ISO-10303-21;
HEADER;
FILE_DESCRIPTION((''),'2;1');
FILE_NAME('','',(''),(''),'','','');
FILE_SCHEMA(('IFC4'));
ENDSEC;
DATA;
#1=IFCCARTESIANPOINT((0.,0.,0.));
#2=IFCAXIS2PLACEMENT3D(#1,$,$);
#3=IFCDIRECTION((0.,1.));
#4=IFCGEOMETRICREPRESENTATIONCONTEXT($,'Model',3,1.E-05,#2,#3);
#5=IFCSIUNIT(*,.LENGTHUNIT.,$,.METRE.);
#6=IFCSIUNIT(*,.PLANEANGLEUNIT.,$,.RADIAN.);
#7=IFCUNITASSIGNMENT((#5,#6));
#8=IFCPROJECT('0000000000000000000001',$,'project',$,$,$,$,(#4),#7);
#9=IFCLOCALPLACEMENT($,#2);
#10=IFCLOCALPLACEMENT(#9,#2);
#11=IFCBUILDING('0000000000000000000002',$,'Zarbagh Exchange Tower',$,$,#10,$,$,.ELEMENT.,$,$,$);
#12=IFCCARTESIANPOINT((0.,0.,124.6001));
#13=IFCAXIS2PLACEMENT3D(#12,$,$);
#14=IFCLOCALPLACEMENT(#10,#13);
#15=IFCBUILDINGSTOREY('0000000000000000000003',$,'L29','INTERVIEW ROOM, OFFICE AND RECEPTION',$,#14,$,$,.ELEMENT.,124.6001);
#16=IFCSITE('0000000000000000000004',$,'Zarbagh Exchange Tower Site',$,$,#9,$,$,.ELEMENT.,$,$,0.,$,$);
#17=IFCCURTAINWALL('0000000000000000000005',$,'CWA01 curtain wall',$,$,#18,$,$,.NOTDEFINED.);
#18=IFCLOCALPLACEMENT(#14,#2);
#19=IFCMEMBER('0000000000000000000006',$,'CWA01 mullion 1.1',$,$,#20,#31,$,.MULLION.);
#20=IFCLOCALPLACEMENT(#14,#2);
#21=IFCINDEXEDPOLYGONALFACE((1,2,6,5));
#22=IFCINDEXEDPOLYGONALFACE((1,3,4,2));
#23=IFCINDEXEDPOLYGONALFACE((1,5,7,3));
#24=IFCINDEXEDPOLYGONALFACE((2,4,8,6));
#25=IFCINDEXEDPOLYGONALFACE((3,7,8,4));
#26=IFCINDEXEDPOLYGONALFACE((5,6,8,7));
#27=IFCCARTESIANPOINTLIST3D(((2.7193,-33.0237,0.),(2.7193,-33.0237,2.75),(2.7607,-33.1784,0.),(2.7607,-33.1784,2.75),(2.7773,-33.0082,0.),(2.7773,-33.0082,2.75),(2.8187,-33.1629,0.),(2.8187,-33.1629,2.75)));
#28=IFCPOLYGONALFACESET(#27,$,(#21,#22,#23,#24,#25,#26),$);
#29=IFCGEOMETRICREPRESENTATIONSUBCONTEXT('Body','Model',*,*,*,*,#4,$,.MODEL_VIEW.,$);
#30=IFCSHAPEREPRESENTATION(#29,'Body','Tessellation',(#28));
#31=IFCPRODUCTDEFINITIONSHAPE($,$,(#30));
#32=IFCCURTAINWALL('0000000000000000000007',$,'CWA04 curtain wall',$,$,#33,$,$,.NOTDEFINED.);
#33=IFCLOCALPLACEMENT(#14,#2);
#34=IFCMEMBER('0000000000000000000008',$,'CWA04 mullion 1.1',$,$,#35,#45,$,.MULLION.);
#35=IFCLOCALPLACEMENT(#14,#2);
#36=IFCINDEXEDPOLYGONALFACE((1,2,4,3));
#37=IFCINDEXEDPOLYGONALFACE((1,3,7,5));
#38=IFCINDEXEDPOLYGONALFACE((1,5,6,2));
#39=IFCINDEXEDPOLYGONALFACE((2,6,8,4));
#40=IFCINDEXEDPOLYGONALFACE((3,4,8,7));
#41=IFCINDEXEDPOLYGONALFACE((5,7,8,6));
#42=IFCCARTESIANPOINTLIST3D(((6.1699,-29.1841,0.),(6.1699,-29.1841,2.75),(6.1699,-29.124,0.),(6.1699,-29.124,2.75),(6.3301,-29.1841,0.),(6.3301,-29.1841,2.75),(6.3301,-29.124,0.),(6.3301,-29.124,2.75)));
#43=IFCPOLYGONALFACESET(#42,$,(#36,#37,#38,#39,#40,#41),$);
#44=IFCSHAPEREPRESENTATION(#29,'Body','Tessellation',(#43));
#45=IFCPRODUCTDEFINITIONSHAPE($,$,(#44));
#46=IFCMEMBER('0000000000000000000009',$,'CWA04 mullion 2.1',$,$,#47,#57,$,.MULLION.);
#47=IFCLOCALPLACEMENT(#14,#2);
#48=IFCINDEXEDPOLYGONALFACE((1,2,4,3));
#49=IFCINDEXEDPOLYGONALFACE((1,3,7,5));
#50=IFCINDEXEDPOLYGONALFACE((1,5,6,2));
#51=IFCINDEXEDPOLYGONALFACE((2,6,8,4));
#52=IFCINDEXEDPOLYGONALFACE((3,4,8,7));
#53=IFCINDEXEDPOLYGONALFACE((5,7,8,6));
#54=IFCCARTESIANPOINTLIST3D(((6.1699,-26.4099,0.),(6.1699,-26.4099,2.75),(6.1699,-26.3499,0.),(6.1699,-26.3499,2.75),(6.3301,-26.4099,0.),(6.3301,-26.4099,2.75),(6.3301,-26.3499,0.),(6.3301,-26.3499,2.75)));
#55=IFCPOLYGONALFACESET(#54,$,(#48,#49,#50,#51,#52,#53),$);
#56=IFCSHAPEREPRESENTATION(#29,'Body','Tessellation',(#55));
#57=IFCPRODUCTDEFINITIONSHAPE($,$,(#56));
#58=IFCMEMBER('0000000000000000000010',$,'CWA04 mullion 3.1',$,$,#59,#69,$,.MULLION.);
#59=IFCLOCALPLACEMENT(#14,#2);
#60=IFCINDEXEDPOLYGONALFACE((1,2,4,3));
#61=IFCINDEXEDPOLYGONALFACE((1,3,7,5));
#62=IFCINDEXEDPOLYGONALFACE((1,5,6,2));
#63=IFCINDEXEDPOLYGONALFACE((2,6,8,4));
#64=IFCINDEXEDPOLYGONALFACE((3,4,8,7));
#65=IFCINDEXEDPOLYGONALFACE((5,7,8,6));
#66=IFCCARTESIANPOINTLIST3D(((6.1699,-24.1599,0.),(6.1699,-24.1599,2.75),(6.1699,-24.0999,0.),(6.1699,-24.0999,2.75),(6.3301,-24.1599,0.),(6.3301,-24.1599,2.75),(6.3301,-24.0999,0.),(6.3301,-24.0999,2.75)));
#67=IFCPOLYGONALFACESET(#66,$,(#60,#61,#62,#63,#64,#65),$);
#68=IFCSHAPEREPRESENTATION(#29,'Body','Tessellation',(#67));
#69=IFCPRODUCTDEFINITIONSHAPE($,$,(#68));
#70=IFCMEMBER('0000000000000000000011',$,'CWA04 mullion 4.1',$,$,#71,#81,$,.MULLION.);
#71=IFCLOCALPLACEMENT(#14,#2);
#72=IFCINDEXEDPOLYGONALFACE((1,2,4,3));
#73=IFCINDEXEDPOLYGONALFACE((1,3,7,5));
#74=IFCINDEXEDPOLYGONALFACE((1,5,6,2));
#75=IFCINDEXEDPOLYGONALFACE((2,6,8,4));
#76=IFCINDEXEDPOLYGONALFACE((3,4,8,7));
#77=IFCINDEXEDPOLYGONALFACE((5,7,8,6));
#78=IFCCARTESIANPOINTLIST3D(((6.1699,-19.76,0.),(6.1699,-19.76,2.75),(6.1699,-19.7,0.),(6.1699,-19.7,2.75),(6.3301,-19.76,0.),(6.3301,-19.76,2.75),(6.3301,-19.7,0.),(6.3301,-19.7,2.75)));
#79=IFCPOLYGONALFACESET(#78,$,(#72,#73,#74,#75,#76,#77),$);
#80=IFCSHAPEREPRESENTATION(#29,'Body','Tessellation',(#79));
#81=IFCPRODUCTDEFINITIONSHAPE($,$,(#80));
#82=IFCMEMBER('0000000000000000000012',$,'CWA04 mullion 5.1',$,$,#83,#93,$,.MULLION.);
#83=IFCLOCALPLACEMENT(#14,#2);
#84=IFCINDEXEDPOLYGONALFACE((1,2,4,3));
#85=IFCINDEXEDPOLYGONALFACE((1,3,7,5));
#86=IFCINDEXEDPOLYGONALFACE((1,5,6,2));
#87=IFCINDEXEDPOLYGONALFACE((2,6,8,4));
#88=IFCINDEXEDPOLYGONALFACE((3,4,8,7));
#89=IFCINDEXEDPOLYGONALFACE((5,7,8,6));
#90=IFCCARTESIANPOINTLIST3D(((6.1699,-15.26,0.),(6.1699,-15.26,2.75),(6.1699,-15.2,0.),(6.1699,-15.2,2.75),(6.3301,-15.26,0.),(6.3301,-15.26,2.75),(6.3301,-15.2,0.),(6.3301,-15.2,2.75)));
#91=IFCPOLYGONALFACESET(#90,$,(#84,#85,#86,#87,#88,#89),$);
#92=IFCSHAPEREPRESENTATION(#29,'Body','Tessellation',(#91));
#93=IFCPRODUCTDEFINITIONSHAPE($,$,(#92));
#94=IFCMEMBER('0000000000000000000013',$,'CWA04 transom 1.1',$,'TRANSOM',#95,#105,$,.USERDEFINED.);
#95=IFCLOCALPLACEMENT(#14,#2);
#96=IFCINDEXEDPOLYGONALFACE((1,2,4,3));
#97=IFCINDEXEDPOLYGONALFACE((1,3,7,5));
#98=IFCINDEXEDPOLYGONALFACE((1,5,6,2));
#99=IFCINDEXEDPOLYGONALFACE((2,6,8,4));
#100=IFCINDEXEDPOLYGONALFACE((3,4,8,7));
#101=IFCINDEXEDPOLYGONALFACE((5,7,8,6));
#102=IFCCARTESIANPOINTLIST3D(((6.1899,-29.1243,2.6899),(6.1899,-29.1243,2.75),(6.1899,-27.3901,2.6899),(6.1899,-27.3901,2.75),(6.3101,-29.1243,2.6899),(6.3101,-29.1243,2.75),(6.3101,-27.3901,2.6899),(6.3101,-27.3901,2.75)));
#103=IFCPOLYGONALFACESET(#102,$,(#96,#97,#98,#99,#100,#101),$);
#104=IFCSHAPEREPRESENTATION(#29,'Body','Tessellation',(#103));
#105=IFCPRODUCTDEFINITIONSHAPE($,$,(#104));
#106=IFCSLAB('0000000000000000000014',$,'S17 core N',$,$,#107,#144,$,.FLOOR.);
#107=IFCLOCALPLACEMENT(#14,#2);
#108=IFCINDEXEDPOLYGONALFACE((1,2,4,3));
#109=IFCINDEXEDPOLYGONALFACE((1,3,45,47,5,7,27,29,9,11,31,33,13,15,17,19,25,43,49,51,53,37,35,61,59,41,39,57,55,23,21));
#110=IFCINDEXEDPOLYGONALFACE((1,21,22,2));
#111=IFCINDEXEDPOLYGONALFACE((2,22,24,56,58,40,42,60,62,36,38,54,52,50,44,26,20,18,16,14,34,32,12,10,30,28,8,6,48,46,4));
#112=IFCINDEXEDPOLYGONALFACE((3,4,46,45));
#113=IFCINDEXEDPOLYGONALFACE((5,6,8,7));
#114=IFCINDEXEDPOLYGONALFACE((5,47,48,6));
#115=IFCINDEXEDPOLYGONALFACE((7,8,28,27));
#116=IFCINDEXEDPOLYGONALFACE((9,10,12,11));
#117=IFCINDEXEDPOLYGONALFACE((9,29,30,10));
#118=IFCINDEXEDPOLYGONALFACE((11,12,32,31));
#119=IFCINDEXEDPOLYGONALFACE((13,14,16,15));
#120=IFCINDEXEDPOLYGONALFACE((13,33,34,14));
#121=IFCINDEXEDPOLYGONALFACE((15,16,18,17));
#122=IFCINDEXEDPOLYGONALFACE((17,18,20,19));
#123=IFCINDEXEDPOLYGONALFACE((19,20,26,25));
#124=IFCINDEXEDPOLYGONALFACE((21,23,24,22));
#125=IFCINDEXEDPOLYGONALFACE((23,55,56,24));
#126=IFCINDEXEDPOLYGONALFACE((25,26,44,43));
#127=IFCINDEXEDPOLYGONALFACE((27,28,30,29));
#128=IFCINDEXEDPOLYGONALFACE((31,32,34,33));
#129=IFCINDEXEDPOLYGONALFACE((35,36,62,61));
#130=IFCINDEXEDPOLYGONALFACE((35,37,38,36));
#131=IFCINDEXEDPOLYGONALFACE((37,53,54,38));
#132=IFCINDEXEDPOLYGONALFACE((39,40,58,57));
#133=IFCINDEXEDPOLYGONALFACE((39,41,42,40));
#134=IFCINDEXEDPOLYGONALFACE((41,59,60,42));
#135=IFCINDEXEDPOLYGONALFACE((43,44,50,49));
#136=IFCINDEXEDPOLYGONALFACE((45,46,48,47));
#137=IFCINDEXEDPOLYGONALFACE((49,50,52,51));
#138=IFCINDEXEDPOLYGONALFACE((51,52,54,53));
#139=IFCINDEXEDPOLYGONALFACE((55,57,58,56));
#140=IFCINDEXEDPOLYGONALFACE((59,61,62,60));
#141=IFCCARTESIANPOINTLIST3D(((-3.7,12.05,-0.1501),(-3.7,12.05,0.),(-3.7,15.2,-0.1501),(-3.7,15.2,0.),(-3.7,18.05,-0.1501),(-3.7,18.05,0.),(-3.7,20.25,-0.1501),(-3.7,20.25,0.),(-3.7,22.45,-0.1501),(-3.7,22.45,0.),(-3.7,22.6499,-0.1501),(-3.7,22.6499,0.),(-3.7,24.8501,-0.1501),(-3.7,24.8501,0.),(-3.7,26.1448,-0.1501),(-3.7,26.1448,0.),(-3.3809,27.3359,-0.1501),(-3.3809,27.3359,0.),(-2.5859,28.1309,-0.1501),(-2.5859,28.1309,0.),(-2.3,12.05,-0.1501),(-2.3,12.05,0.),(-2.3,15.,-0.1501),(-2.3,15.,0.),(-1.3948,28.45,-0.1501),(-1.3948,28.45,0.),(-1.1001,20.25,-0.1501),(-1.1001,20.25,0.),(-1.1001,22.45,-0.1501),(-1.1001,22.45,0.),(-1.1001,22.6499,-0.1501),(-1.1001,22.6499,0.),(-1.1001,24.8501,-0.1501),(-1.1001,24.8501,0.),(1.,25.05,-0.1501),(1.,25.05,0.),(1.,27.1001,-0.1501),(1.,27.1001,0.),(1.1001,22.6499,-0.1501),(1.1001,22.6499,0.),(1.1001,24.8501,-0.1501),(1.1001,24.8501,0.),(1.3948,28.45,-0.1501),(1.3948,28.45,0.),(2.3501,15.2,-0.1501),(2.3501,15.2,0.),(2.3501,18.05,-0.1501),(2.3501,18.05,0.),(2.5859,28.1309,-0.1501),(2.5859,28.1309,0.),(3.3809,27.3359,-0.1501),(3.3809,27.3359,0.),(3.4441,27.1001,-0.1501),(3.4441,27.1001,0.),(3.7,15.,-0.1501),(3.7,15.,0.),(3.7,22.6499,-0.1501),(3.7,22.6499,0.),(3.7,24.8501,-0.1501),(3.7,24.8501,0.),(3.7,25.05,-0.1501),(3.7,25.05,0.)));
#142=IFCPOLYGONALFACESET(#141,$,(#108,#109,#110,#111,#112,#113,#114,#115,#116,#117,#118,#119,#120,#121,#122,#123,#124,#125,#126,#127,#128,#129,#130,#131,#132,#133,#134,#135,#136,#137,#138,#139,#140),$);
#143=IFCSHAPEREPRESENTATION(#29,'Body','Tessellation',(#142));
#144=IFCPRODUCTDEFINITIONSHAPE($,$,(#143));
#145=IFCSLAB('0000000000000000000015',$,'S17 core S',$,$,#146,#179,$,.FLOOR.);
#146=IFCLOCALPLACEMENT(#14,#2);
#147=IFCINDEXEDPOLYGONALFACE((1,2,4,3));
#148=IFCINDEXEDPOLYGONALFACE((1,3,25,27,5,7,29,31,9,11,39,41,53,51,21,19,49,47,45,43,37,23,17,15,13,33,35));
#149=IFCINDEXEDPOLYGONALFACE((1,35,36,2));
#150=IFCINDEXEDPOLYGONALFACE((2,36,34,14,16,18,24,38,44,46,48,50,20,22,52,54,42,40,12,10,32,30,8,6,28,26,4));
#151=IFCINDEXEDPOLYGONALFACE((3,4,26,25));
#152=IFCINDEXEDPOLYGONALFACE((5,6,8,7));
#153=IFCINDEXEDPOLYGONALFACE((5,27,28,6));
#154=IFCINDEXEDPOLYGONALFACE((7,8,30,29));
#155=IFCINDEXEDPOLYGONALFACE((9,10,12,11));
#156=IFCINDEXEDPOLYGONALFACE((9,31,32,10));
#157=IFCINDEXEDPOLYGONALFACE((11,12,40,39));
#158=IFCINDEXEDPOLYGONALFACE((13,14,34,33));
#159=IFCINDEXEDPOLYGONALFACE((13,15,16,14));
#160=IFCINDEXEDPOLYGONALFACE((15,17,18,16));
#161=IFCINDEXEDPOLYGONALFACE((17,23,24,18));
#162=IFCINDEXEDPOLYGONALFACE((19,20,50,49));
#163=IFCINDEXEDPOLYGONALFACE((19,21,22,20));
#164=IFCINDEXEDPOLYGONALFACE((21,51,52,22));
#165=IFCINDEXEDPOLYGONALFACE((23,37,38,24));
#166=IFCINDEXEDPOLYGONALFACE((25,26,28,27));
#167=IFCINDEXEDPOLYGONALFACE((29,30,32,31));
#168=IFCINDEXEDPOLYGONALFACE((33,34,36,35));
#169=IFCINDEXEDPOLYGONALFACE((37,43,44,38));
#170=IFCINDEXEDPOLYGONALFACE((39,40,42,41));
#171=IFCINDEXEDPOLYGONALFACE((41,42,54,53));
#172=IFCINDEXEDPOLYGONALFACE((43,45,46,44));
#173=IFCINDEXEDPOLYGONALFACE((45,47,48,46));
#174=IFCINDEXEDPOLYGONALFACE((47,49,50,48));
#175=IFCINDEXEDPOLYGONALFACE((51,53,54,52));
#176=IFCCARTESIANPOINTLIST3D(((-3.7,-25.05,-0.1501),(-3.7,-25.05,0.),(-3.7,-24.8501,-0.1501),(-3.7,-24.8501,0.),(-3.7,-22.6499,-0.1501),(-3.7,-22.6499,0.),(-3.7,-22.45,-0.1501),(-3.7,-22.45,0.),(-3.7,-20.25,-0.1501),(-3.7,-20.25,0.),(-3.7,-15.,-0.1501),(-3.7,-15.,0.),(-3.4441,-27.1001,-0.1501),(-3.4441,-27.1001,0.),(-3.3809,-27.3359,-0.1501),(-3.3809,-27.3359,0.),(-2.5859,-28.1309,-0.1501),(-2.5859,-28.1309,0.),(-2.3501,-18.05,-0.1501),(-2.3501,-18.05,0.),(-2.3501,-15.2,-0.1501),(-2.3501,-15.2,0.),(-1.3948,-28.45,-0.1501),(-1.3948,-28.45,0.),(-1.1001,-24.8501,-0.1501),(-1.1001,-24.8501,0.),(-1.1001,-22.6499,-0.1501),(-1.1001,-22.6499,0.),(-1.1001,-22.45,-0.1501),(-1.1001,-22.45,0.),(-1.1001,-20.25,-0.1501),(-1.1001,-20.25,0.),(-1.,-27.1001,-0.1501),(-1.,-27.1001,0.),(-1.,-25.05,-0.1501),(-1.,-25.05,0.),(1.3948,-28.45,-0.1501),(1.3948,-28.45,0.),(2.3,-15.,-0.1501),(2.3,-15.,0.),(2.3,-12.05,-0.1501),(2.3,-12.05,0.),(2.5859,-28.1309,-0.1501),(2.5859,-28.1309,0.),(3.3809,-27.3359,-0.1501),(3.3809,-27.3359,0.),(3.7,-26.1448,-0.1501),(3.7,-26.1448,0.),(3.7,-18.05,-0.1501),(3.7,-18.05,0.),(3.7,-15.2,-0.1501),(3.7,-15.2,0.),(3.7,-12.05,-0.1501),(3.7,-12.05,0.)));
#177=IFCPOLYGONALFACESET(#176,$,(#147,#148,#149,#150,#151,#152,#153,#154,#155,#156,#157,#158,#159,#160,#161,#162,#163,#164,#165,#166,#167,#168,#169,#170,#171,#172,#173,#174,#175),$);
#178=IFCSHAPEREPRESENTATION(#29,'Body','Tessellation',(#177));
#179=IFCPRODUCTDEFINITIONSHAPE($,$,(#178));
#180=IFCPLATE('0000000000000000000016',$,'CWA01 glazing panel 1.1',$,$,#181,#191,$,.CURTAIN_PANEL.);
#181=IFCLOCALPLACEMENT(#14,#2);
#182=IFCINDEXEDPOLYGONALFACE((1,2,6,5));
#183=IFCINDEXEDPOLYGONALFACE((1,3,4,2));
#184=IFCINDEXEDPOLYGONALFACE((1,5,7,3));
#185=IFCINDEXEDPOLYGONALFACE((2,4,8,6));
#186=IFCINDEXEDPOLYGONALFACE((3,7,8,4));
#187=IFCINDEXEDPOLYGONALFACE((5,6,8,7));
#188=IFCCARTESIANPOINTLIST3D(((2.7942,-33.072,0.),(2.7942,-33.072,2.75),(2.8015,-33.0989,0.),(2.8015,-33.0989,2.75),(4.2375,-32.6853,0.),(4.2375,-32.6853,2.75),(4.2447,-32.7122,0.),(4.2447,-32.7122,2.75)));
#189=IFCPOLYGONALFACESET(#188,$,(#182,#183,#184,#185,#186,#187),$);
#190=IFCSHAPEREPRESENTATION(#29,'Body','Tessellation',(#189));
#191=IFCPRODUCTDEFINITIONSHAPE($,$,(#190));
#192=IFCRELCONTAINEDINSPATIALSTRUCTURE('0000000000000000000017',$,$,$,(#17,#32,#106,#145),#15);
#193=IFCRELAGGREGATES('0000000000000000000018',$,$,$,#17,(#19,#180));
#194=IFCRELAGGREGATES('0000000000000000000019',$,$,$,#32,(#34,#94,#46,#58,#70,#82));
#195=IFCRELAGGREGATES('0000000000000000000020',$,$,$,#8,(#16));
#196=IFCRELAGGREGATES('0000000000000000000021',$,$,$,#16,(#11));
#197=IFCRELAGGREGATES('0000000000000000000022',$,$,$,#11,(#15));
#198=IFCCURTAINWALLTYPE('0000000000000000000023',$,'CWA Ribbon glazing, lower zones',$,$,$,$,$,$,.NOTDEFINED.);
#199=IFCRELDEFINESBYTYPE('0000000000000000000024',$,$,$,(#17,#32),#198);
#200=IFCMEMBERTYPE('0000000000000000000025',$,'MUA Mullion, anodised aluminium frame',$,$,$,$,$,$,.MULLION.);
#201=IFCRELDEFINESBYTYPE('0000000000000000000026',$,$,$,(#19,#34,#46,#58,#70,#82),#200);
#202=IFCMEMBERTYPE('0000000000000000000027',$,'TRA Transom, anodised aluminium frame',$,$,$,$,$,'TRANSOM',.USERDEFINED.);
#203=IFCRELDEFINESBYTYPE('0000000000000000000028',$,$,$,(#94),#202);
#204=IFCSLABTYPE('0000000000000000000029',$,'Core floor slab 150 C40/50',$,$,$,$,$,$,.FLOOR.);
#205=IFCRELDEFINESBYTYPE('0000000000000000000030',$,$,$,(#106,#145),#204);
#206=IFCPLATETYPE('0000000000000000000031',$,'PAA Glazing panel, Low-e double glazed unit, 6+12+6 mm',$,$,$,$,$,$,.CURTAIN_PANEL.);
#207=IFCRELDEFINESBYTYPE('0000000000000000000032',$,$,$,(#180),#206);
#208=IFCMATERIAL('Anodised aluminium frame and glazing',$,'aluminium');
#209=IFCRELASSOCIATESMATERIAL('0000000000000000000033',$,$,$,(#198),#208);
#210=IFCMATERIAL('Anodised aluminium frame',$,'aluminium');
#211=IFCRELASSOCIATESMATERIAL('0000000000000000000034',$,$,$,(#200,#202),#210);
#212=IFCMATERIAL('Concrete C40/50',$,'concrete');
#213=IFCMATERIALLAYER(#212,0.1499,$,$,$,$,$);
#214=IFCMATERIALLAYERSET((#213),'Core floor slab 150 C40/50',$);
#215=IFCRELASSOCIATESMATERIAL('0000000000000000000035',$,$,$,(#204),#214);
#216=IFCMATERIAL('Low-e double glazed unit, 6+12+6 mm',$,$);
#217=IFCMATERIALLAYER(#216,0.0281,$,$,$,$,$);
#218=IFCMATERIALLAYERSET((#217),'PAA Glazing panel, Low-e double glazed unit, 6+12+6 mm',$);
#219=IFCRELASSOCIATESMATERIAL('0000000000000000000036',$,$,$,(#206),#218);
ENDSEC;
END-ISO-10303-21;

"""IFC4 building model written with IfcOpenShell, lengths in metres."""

from ifc_helpers import new_model, si_unit, direction, frame, origin, place, context, subcontext, project, spatial, polyline, outline, extrude, source, transform, mapped, material, layer, layer_set, type_object, element, aggregate, save


model = new_model("IFC4")

# Units and contexts
model_context = context("Model", 3, precision=1e-05, world=origin(), true_north=direction((0.0, 1.0)))
body_context = subcontext(model_context, "Body", "Model", "MODEL_VIEW")
ifc_project = project(units=[si_unit("LENGTHUNIT", "METRE"), si_unit("PLANEANGLEUNIT", "RADIAN")], contexts=[model_context])

# Site, building, storey
site_placement = place(None, origin())
site = spatial("IfcSite", under=ifc_project, at=site_placement, Name="Zarbagh Exchange Tower Site", CompositionType="ELEMENT", RefElevation=0.0)
building_placement = place(site_placement, origin())
building = spatial("IfcBuilding", under=site, at=building_placement, Name="Zarbagh Exchange Tower", CompositionType="ELEMENT")
storey_placement = place(building_placement, frame((0.0, 0.0, 124.6001)))
storey = spatial("IfcBuildingStorey", under=building, at=storey_placement, Name="L29", Description="INTERVIEW ROOM, OFFICE AND RECEPTION", CompositionType="ELEMENT", Elevation=124.6001)

# Curtain wall, member
ifc_material_1 = material(Name="Anodised aluminium frame and glazing", Category="aluminium")
curtain_wall_type = type_object("IfcCurtainWallType", Name="CWA Ribbon glazing, lower zones", PredefinedType="NOTDEFINED", material=ifc_material_1)
curtain_wall_1_placement = place(storey_placement, origin())
curtain_wall_1 = element("IfcCurtainWall", 1, at=curtain_wall_1_placement, inside=storey, type_object=curtain_wall_type, Name="CWA01 curtain wall", PredefinedType="NOTDEFINED")
ifc_material_2 = material(Name="Anodised aluminium frame", Category="aluminium")
member_type_1 = type_object("IfcMemberType", Name="MUA Mullion, anodised aluminium frame", PredefinedType="MULLION", material=ifc_material_2)
shared_shape_1 = source(origin(), body_context, "Body", "SweptSolid", [
    extrude(outline(polyline([(0.0, -0.0801), (0.0601, -0.0801), (0.0601, 0.0801), (0.0, 0.0801), (0.0, -0.0801)])), origin(), (0.0, 0.0, 1.0), 2.75),
])
placement = place(storey_placement, origin())
member_1 = element("IfcMember", 2, at=placement, type_object=member_type_1, Name="CWA01 mullion 1.1", PredefinedType="MULLION", context=body_context, shape_type="MappedRepresentation", body=[
    mapped(shared_shape_1, transform((2.74, -33.1011, 0.0), x_axis=(0.965924, 0.258825, 0.0), y_axis=(-0.258825, 0.965924, 0.0), z_axis=(0.0, 0.0, 1.0))),
])

# Curtain wall, members
curtain_wall_2_placement = place(storey_placement, origin())
curtain_wall_2 = element("IfcCurtainWall", 3, at=curtain_wall_2_placement, inside=storey, type_object=curtain_wall_type, Name="CWA04 curtain wall", PredefinedType="NOTDEFINED")
member_2 = element("IfcMember", 4, at=placement, type_object=member_type_1, Name="CWA04 mullion 1.1", PredefinedType="MULLION", context=body_context, shape_type="MappedRepresentation", body=[
    mapped(shared_shape_1, transform((6.25, -29.1841, 0.0), x_axis=(0.0, 1.0, 0.0), y_axis=(-1.0, 0.0, 0.0), z_axis=(0.0, 0.0, 1.0))),
])
member_3 = element("IfcMember", 5, at=placement, type_object=member_type_1, Name="CWA04 mullion 2.1", PredefinedType="MULLION", context=body_context, shape_type="MappedRepresentation", body=[
    mapped(shared_shape_1, transform((6.25, -26.4099, 0.0), x_axis=(0.0, 1.0, 0.0), y_axis=(-1.0, 0.0, 0.0), z_axis=(0.0, 0.0, 1.0))),
])
member_4 = element("IfcMember", 6, at=placement, type_object=member_type_1, Name="CWA04 mullion 3.1", PredefinedType="MULLION", context=body_context, shape_type="MappedRepresentation", body=[
    mapped(shared_shape_1, transform((6.25, -24.1599, 0.0), x_axis=(0.0, 1.0, 0.0), y_axis=(-1.0, 0.0, 0.0), z_axis=(0.0, 0.0, 1.0))),
])
member_5 = element("IfcMember", 7, at=placement, type_object=member_type_1, Name="CWA04 mullion 4.1", PredefinedType="MULLION", context=body_context, shape_type="MappedRepresentation", body=[
    mapped(shared_shape_1, transform((6.25, -19.76, 0.0), x_axis=(0.0, 1.0, 0.0), y_axis=(-1.0, 0.0, 0.0), z_axis=(0.0, 0.0, 1.0))),
])
member_6 = element("IfcMember", 8, at=placement, type_object=member_type_1, Name="CWA04 mullion 5.1", PredefinedType="MULLION", context=body_context, shape_type="MappedRepresentation", body=[
    mapped(shared_shape_1, transform((6.25, -15.26, 0.0), x_axis=(0.0, 1.0, 0.0), y_axis=(-1.0, 0.0, 0.0), z_axis=(0.0, 0.0, 1.0))),
])
member_type_2 = type_object("IfcMemberType", Name="TRA Transom, anodised aluminium frame", ElementType="TRANSOM", PredefinedType="USERDEFINED", material=ifc_material_2)
shared_shape_2 = source(origin(), body_context, "Body", "SweptSolid", [
    extrude(outline(polyline([(-0.0601, -0.0601), (0.0, -0.0601), (0.0, 0.0601), (-0.0601, 0.0601), (-0.0601, -0.0601)])), origin(), (0.0, 0.0, 1.0), 1.7341),
])
member_7 = element("IfcMember", 9, at=placement, type_object=member_type_2, Name="CWA04 transom 1.1", ObjectType="TRANSOM", PredefinedType="USERDEFINED", context=body_context, shape_type="MappedRepresentation", body=[
    mapped(shared_shape_2, transform((6.25, -29.1243, 2.75), x_axis=(0.0, 0.0, 1.0), y_axis=(1.0, 0.0, 0.0), z_axis=(0.0, 1.0, 0.0))),
])

# Slabs
ifc_material_3 = material(Name="Concrete C40/50", Category="concrete")
ifc_layer_1 = layer(ifc_material_3, 0.1499)
ifc_layer_set_1 = layer_set([ifc_layer_1], Name="Core floor slab 150 C40/50")
slab_type = type_object("IfcSlabType", Name="Core floor slab 150 C40/50", PredefinedType="FLOOR", material=ifc_layer_set_1)
slab_1_placement = place(storey_placement, frame((0.0, 0.0, -0.1501)))
element("IfcSlab", 10, at=slab_1_placement, inside=storey, type_object=slab_type, Name="S17 core N", PredefinedType="FLOOR", context=body_context, shape_type="SweptSolid", body=[
    extrude(outline(polyline([(-3.7, 12.05), (-3.7, 15.2), (2.3501, 15.2), (2.3501, 18.05), (-3.7, 18.05), (-3.7, 20.25), (-1.1001, 20.25), (-1.1001, 22.45), (-3.7, 22.45), (-3.7, 22.6499), (-1.1001, 22.6499), (-1.1001, 24.8501), (-3.7, 24.8501), (-3.7, 26.1448), (-3.3809, 27.3359), (-2.5859, 28.1309), (-1.3948, 28.45), (1.3948, 28.45), (2.5859, 28.1309), (3.3809, 27.3359), (3.6465, 26.3447), (3.4441, 27.1001), (1.0, 27.1001), (1.0, 25.05), (3.7, 25.05), (3.7, 24.8501), (1.1001, 24.8501), (1.1001, 22.6499), (3.7, 22.6499), (3.7, 15.0), (-2.3, 15.0), (-2.3, 12.05), (-3.7, 12.05)])), origin(), (0.0, 0.0, 1.0), 0.1501),
])
slab_2_placement = place(storey_placement, frame((0.0, 0.0, -0.1501)))
element("IfcSlab", 11, at=slab_2_placement, inside=storey, type_object=slab_type, Name="S17 core S", PredefinedType="FLOOR", context=body_context, shape_type="SweptSolid", body=[
    extrude(outline(polyline([(-2.5859, -28.1309), (-3.3809, -27.3359), (-3.6465, -26.3447), (-3.4441, -27.1001), (-1.0, -27.1001), (-1.0, -25.05), (-3.7, -25.05), (-3.7, -24.8501), (-1.1001, -24.8501), (-1.1001, -22.6499), (-3.7, -22.6499), (-3.7, -22.45), (-1.1001, -22.45), (-1.1001, -20.25), (-3.7, -20.25), (-3.7, -15.0), (2.3, -15.0), (2.3, -12.05), (3.7, -12.05), (3.7, -15.2), (-2.3501, -15.2), (-2.3501, -18.05), (3.7, -18.05), (3.7, -26.1448), (3.3809, -27.3359), (2.5859, -28.1309), (1.3948, -28.45), (-1.3948, -28.45), (-2.5859, -28.1309)])), origin(), (0.0, 0.0, 1.0), 0.1501),
])

# Plate
ifc_material_4 = material(Name="Low-e double glazed unit, 6+12+6 mm")
ifc_layer_2 = layer(ifc_material_4, 0.0281)
ifc_layer_set_2 = layer_set([ifc_layer_2], Name="PAA Glazing panel, Low-e double glazed unit, 6+12+6 mm")
plate_type = type_object("IfcPlateType", Name="PAA Glazing panel, Low-e double glazed unit, 6+12+6 mm", PredefinedType="CURTAIN_PANEL", material=ifc_layer_set_2)
shared_shape_3 = source(origin(), body_context, "Body", "SweptSolid", [
    extrude(outline(polyline([(0.0, -0.0139), (1.4941, -0.0139), (1.4941, 0.0139), (0.0, 0.0139), (0.0, -0.0139)])), origin(), (0.0, 0.0, 1.0), 2.75),
])
plate_1 = element("IfcPlate", 12, at=placement, type_object=plate_type, Name="CWA01 glazing panel 1.1", PredefinedType="CURTAIN_PANEL", context=body_context, shape_type="MappedRepresentation", body=[
    mapped(shared_shape_3, transform((2.7979, -33.0854, 0.0), x_axis=(0.965924, 0.258825, 0.0), y_axis=(-0.258825, 0.965924, 0.0), z_axis=(0.0, 0.0, 1.0))),
])
aggregate(curtain_wall_1, [member_1, plate_1])

aggregate(curtain_wall_2, [member_2, member_7, member_3, member_4, member_5, member_6])

save(model, "model.ifc")
